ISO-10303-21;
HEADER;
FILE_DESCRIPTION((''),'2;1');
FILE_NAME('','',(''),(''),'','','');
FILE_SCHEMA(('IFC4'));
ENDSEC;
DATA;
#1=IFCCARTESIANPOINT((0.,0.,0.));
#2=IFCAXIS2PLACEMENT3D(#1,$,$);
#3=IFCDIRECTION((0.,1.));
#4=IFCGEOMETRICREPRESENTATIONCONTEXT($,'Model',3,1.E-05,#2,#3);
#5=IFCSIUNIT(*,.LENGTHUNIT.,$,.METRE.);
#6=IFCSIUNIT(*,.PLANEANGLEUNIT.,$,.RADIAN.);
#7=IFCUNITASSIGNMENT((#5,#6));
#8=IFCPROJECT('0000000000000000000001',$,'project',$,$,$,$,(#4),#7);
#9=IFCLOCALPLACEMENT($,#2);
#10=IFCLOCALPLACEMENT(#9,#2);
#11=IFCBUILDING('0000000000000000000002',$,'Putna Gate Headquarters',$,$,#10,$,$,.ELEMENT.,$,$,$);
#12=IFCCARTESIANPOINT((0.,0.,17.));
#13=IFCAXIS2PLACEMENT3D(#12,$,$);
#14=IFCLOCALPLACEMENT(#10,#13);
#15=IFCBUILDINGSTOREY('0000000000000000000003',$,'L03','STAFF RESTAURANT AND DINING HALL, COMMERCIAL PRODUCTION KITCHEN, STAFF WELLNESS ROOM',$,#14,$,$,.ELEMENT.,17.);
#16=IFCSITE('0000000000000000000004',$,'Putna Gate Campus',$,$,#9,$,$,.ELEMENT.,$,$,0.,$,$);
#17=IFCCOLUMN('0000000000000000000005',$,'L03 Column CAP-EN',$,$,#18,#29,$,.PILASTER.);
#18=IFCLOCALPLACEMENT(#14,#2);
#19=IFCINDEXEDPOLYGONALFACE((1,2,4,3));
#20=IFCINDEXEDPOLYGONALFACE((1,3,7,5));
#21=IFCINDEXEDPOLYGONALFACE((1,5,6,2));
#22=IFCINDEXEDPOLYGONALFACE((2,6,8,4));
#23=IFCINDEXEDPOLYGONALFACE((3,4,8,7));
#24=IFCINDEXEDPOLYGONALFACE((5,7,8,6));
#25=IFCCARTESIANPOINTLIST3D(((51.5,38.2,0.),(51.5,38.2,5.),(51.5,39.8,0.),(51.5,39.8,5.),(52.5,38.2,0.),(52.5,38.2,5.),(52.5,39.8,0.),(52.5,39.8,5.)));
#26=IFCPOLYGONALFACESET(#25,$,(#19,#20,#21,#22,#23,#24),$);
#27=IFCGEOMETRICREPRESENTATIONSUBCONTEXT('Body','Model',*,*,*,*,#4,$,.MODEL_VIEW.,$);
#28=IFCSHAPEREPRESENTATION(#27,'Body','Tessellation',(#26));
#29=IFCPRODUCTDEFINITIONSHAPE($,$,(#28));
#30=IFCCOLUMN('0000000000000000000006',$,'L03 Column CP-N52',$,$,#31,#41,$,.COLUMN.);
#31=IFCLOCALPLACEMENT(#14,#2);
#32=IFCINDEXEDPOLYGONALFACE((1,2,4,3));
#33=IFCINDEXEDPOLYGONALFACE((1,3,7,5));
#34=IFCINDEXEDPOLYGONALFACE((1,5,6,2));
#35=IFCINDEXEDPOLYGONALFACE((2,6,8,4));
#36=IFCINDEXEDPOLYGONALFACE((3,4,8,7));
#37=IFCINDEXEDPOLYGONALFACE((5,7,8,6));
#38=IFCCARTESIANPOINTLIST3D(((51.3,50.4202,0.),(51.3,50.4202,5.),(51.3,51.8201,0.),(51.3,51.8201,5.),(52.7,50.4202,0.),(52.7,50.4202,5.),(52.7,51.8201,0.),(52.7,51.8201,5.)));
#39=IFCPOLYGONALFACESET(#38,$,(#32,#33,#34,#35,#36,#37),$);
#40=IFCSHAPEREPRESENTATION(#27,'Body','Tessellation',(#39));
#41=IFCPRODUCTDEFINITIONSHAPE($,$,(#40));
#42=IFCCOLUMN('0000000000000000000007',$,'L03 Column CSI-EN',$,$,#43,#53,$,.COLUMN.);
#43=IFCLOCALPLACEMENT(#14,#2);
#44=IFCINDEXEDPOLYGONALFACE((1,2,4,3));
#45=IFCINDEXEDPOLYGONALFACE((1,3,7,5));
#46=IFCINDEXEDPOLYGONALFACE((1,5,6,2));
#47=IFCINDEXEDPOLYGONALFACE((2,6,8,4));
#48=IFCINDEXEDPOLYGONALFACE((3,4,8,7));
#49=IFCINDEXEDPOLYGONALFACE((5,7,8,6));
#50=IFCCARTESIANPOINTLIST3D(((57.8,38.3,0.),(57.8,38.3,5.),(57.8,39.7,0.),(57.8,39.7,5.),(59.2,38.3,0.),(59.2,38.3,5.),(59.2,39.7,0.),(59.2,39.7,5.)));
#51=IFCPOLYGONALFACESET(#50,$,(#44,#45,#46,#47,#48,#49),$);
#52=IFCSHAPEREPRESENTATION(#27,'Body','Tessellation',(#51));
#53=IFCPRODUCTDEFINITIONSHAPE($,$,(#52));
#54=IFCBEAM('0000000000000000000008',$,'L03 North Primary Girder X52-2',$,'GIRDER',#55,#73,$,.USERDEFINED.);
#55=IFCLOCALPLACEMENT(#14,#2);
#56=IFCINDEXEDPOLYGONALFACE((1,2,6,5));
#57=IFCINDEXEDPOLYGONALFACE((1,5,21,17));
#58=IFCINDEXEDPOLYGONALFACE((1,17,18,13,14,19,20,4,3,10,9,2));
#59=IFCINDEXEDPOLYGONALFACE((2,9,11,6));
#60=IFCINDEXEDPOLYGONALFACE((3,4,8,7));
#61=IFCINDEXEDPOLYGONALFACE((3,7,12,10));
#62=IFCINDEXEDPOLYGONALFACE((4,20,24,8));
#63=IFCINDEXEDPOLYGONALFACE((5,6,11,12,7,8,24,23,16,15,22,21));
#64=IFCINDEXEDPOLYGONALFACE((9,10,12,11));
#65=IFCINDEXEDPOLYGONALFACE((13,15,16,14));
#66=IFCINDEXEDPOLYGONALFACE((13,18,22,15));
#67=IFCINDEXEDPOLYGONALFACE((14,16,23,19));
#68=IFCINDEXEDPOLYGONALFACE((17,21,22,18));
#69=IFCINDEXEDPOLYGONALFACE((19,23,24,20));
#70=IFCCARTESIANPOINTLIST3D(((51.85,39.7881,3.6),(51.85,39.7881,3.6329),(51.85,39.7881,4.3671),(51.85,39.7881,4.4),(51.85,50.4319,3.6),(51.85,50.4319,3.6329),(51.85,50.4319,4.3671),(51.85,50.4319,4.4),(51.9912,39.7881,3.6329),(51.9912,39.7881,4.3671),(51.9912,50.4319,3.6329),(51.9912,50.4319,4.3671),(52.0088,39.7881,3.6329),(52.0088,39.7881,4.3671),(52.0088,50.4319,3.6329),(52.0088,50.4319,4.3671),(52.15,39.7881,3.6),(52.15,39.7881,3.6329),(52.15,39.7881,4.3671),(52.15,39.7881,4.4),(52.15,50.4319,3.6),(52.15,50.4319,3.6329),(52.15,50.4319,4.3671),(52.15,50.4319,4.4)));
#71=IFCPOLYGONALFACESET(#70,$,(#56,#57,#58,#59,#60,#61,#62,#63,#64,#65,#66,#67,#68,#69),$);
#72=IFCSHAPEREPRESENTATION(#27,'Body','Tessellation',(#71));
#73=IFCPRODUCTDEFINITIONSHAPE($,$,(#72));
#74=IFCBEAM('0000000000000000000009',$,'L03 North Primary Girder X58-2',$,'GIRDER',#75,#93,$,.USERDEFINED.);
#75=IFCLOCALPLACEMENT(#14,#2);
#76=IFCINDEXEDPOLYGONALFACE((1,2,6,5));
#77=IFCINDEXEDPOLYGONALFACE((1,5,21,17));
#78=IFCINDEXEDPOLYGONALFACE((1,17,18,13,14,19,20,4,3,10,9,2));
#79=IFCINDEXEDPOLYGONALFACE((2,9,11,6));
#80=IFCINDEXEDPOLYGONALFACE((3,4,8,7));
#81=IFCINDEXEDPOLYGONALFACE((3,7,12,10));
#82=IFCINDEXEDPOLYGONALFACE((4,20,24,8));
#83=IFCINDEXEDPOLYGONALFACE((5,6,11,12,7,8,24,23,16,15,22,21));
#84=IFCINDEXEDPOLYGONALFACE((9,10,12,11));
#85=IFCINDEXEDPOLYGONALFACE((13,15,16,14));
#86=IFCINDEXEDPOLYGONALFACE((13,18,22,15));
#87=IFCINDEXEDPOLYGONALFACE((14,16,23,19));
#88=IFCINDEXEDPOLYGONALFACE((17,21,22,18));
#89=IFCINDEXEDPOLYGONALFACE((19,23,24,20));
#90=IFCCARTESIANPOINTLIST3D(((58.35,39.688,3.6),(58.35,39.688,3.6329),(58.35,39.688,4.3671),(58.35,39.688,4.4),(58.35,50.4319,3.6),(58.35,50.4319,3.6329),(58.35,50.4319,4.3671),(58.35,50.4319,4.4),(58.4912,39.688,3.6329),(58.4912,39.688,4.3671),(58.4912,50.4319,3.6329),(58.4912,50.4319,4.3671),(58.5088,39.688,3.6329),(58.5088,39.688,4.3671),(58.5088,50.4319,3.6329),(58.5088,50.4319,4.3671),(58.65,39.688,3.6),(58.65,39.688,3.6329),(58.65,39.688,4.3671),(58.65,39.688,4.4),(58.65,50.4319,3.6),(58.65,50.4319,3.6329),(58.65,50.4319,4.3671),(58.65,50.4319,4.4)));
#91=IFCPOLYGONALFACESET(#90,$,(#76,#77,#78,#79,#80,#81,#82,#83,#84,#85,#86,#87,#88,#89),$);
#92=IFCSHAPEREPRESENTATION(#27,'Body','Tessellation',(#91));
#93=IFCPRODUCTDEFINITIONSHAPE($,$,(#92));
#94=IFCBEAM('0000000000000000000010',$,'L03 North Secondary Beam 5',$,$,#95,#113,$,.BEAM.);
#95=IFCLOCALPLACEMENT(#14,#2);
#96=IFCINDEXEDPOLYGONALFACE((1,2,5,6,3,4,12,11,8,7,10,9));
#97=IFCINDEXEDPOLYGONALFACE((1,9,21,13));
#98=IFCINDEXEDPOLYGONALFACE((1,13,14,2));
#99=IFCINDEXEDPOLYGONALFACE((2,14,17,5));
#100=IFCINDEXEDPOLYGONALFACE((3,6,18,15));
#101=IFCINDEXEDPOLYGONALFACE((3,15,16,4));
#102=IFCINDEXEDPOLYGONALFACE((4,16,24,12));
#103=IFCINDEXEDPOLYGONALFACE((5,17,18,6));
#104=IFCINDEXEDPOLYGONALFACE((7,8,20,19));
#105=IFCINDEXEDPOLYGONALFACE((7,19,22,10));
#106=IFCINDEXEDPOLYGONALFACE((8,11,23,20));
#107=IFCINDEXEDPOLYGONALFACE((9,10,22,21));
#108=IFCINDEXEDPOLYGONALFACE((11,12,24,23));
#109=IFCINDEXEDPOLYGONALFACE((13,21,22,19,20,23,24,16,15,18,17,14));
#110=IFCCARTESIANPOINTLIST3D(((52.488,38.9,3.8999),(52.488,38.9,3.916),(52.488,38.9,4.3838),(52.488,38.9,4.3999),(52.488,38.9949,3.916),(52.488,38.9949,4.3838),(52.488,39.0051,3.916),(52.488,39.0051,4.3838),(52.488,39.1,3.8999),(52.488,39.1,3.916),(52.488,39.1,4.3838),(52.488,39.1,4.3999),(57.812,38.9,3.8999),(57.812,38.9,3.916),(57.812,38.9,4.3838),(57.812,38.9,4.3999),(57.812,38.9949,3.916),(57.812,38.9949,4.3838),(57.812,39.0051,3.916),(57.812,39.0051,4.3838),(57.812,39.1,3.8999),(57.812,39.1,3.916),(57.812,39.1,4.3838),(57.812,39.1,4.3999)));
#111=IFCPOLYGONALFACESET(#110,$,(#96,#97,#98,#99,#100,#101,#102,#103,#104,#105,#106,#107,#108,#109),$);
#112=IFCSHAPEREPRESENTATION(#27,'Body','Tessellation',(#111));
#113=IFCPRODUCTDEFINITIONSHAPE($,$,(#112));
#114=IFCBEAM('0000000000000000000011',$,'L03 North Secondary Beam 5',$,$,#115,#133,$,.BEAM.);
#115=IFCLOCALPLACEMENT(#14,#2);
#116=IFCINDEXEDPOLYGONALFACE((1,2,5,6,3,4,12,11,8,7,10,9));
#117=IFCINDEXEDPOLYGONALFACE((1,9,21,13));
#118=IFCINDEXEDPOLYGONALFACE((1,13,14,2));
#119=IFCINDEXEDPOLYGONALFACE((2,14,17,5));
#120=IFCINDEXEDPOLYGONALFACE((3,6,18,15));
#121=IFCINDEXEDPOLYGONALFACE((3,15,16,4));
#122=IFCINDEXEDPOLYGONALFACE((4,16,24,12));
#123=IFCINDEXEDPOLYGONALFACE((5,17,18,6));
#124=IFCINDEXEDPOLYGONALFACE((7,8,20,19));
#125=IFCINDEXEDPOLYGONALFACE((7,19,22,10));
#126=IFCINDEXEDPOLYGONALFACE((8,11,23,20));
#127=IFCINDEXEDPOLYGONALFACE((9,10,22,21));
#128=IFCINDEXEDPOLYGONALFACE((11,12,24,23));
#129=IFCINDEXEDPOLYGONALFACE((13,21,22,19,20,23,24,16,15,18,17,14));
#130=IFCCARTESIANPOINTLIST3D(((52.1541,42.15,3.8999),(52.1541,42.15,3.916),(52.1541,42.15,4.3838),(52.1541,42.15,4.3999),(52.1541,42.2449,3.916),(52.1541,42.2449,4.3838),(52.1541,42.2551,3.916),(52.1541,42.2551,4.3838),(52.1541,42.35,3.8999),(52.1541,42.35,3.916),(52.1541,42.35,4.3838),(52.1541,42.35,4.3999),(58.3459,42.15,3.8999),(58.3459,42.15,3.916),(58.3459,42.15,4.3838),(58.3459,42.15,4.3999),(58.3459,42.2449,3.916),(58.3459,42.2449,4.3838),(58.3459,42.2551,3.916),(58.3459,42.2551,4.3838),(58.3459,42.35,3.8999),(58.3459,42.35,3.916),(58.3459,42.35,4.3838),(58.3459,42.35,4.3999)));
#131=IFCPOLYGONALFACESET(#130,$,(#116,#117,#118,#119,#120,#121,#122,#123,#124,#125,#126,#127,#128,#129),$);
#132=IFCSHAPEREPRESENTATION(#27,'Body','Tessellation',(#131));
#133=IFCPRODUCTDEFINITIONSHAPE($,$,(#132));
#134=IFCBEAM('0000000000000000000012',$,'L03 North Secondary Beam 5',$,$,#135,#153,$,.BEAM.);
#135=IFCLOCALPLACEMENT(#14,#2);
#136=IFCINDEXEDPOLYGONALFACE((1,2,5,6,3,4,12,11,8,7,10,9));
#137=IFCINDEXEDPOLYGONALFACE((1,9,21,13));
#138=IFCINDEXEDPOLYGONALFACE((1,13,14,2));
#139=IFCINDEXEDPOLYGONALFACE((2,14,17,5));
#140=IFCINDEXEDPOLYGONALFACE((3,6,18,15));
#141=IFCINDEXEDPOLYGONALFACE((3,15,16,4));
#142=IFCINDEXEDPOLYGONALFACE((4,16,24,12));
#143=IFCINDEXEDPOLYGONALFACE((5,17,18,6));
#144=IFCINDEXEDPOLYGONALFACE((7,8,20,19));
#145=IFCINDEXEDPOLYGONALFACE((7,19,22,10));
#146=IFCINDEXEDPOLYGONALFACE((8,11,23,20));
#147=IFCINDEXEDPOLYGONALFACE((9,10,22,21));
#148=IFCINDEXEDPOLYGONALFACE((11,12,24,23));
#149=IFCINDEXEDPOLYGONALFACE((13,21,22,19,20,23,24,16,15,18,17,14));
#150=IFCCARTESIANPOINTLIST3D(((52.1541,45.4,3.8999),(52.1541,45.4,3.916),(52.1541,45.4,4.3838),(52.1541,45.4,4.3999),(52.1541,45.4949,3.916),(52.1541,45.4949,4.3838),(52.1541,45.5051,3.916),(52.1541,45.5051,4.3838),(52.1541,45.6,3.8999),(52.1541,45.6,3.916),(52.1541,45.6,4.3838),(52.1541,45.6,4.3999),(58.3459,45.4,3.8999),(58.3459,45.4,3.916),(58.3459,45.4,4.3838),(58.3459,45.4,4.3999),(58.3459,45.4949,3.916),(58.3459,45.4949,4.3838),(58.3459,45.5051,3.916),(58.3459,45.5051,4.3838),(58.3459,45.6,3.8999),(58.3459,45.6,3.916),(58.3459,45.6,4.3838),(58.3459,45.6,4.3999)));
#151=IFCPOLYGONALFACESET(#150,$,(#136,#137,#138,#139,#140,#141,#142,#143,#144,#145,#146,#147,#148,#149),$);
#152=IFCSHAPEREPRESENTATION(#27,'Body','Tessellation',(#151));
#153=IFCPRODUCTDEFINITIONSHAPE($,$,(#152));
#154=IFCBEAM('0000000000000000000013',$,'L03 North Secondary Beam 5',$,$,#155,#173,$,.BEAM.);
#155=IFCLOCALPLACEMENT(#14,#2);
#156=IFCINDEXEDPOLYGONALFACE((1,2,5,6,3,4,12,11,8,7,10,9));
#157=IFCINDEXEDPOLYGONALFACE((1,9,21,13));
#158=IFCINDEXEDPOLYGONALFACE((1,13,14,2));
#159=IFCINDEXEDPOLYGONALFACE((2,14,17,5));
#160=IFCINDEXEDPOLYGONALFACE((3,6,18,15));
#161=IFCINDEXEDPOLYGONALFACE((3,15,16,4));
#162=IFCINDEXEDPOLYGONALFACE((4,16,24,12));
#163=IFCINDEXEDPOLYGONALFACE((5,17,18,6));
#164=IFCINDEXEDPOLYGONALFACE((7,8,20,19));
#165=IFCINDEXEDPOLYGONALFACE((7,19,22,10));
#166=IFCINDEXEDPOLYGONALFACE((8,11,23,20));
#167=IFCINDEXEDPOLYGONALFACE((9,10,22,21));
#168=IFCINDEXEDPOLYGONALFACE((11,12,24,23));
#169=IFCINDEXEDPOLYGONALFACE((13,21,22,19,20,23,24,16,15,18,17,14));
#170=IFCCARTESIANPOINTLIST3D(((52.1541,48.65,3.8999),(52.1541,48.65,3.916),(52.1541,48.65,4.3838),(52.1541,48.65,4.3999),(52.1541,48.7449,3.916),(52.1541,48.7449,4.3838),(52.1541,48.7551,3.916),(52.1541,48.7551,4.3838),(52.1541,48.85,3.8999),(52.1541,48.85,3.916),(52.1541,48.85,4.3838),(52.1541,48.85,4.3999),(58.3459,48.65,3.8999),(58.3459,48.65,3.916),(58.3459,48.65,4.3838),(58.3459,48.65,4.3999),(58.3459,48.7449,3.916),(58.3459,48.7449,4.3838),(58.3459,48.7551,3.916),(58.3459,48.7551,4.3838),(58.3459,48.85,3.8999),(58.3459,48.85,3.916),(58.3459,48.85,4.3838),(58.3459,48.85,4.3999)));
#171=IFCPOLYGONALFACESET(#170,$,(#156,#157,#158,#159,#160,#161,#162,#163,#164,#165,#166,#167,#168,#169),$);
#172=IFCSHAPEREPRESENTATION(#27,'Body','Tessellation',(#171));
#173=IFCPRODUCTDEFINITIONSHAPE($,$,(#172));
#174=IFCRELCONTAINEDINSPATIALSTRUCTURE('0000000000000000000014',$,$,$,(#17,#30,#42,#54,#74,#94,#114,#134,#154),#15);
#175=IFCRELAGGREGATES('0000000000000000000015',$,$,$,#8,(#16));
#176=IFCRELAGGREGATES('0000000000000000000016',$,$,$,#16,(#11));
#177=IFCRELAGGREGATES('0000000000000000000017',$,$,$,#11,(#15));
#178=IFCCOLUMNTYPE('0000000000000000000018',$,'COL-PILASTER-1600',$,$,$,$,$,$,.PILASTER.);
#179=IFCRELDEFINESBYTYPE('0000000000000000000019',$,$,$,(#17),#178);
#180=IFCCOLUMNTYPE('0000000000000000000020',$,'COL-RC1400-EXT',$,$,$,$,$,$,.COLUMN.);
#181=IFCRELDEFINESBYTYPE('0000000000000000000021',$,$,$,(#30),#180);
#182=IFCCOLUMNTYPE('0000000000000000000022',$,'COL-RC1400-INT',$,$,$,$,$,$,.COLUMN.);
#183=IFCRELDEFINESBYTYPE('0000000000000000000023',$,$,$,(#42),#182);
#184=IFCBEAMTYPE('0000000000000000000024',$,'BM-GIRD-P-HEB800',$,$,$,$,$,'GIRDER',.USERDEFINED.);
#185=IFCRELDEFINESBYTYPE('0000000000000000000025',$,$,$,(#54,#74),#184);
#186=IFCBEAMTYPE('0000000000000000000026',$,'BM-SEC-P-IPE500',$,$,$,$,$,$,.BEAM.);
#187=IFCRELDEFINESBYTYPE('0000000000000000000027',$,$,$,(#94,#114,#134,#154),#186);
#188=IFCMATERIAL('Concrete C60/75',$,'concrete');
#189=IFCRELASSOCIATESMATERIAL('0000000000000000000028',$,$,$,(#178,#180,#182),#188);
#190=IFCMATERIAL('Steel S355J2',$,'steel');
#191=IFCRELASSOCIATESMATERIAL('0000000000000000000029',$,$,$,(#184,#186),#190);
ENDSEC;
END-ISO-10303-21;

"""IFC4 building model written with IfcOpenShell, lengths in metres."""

from ifc_helpers import new_model, si_unit, direction, frame, origin, origin_2d, place, context, subcontext, project, spatial, rectangle, i_section, extrude, material, material_profile, profile_set, type_object, element, save


model = new_model("IFC4")

# Units and contexts
model_context = context("Model", 3, precision=1e-05, world=origin(), true_north=direction((0.0, 1.0)))
body_context = subcontext(model_context, "Body", "Model", "MODEL_VIEW")
ifc_project = project(units=[si_unit("LENGTHUNIT", "METRE"), si_unit("PLANEANGLEUNIT", "RADIAN")], contexts=[model_context])

# Site, building, storey
site_placement = place(None, origin())
site = spatial("IfcSite", under=ifc_project, at=site_placement, Name="Putna Gate Campus", CompositionType="ELEMENT", RefElevation=0.0)
building_placement = place(site_placement, origin())
building = spatial("IfcBuilding", under=site, at=building_placement, Name="Putna Gate Headquarters", CompositionType="ELEMENT")
storey_placement = place(building_placement, frame((0.0, 0.0, 17.0)))
storey = spatial("IfcBuildingStorey", under=building, at=storey_placement, Name="L03", Description="STAFF RESTAURANT AND DINING HALL, COMMERCIAL PRODUCTION KITCHEN, STAFF WELLNESS ROOM", CompositionType="ELEMENT", Elevation=17.0)

# Columns
ifc_material_1 = material(Name="Concrete C60/75", Category="concrete")
ifc_material_profile_1 = material_profile(ifc_material_1, rectangle(XDim=1.0, YDim=1.6001, at=origin_2d()), Name="Concrete C60/75")
ifc_profile_set_1 = profile_set([ifc_material_profile_1], Name="Concrete C60/75")
column_type_1 = type_object("IfcColumnType", Name="COL-PILASTER-1600", PredefinedType="PILASTER", material=ifc_profile_set_1)
column_1_placement = place(storey_placement, frame((52.0, 39.0, 0.0), z_axis=(0.0, 0.0, 1.0), x_axis=(1.0, 0.0, 0.0)))
element("IfcColumn", 1, at=column_1_placement, inside=storey, type_object=column_type_1, Name="L03 Column CAP-EN", PredefinedType="PILASTER", context=body_context, shape_type="SweptSolid", body=[
    extrude(rectangle(XDim=1.0, YDim=1.6001, at=origin_2d()), origin(), (0.0, 0.0, 1.0), 5.0),
])
ifc_material_profile_2 = material_profile(ifc_material_1, rectangle(XDim=1.3999, YDim=1.3999, at=origin_2d()), Name="Concrete C60/75")
ifc_profile_set_2 = profile_set([ifc_material_profile_2], Name="Concrete C60/75")
column_type_2 = type_object("IfcColumnType", Name="COL-RC1400-EXT", PredefinedType="COLUMN", material=ifc_profile_set_2)
column_2_placement = place(storey_placement, frame((52.0, 51.1201, 0.0), z_axis=(0.0, 0.0, 1.0), x_axis=(1.0, 0.0, 0.0)))
element("IfcColumn", 2, at=column_2_placement, inside=storey, type_object=column_type_2, Name="L03 Column CP-N52", PredefinedType="COLUMN", context=body_context, shape_type="SweptSolid", body=[
    extrude(rectangle(XDim=1.3999, YDim=1.3999, at=origin_2d()), origin(), (0.0, 0.0, 1.0), 5.0),
])
ifc_material_profile_3 = material_profile(ifc_material_1, rectangle(XDim=1.3999, YDim=1.3999, at=origin_2d()), Name="Concrete C60/75")
ifc_profile_set_3 = profile_set([ifc_material_profile_3], Name="Concrete C60/75")
column_type_3 = type_object("IfcColumnType", Name="COL-RC1400-INT", PredefinedType="COLUMN", material=ifc_profile_set_3)
column_3_placement = place(storey_placement, frame((58.5, 39.0, 0.0), z_axis=(0.0, 0.0, 1.0), x_axis=(1.0, 0.0, 0.0)))
element("IfcColumn", 3, at=column_3_placement, inside=storey, type_object=column_type_3, Name="L03 Column CSI-EN", PredefinedType="COLUMN", context=body_context, shape_type="SweptSolid", body=[
    extrude(rectangle(XDim=1.3999, YDim=1.3999, at=origin_2d()), origin(), (0.0, 0.0, 1.0), 5.0),
])

# Beams
ifc_material_2 = material(Name="Steel S355J2", Category="steel")
ifc_material_profile_4 = material_profile(ifc_material_2, i_section(OverallWidth=0.3, OverallDepth=0.8, WebThickness=0.0176, FlangeThickness=0.033, at=origin_2d()), Name="Steel S355J2")
ifc_profile_set_4 = profile_set([ifc_material_profile_4], Name="Steel S355J2")
beam_type_1 = type_object("IfcBeamType", Name="BM-GIRD-P-HEB800", ElementType="GIRDER", PredefinedType="USERDEFINED", material=ifc_profile_set_4)
beam_1_placement = place(storey_placement, frame((52.0, 39.7881, 4.0), z_axis=(0.0, 1.0, 0.0), x_axis=(-1.0, 0.0, 0.0)))
element("IfcBeam", 4, at=beam_1_placement, inside=storey, type_object=beam_type_1, Name="L03 North Primary Girder X52-2", ObjectType="GIRDER", PredefinedType="USERDEFINED", context=body_context, shape_type="SweptSolid", body=[
    extrude(i_section(OverallWidth=0.3, OverallDepth=0.8, WebThickness=0.0176, FlangeThickness=0.033, at=origin_2d()), origin(), (0.0, 0.0, 1.0), 10.6438),
])
beam_2_placement = place(storey_placement, frame((58.5, 39.688, 4.0), z_axis=(0.0, 1.0, 0.0), x_axis=(-1.0, 0.0, 0.0)))
element("IfcBeam", 5, at=beam_2_placement, inside=storey, type_object=beam_type_1, Name="L03 North Primary Girder X58-2", ObjectType="GIRDER", PredefinedType="USERDEFINED", context=body_context, shape_type="SweptSolid", body=[
    extrude(i_section(OverallWidth=0.3, OverallDepth=0.8, WebThickness=0.0176, FlangeThickness=0.033, at=origin_2d()), origin(), (0.0, 0.0, 1.0), 10.7439),
])
ifc_material_profile_5 = material_profile(ifc_material_2, i_section(OverallWidth=0.2, OverallDepth=0.5, WebThickness=0.0103, FlangeThickness=0.0161, at=origin_2d()), Name="Steel S355J2")
ifc_profile_set_5 = profile_set([ifc_material_profile_5], Name="Steel S355J2")
beam_type_2 = type_object("IfcBeamType", Name="BM-SEC-P-IPE500", PredefinedType="BEAM", material=ifc_profile_set_5)
beam_3_placement = place(storey_placement, frame((52.488, 39.0, 4.1499), z_axis=(1.0, 0.0, 0.0), x_axis=(0.0, 1.0, 0.0)))
element("IfcBeam", 6, at=beam_3_placement, inside=storey, type_object=beam_type_2, Name="L03 North Secondary Beam 5", PredefinedType="BEAM", context=body_context, shape_type="SweptSolid", body=[
    extrude(i_section(OverallWidth=0.2, OverallDepth=0.5, WebThickness=0.0103, FlangeThickness=0.0161, at=origin_2d()), origin(), (0.0, 0.0, 1.0), 5.324),
])
for number, where, z_axis, x_axis, name in (
    (7, (52.1541, 42.25, 4.1499), (1.0, 0.0, 0.0), (0.0, 1.0, 0.0), "L03 North Secondary Beam 5"),
    (8, (52.1541, 45.5, 4.1499), (1.0, 0.0, 0.0), (0.0, 1.0, 0.0), "L03 North Secondary Beam 5"),
    (9, (52.1541, 48.75, 4.1499), (1.0, 0.0, 0.0), (0.0, 1.0, 0.0), "L03 North Secondary Beam 5"),
):
    element("IfcBeam", number, at=place(storey_placement, frame(where, z_axis=z_axis, x_axis=x_axis)), inside=storey, type_object=beam_type_2, Name=name, PredefinedType="BEAM", context=body_context, shape_type="SweptSolid", body=[
        extrude(i_section(OverallWidth=0.2, OverallDepth=0.5, WebThickness=0.0103, FlangeThickness=0.0161, at=origin_2d()), origin(), (0.0, 0.0, 1.0), 6.1919),
    ])

save(model, "model.ifc")
